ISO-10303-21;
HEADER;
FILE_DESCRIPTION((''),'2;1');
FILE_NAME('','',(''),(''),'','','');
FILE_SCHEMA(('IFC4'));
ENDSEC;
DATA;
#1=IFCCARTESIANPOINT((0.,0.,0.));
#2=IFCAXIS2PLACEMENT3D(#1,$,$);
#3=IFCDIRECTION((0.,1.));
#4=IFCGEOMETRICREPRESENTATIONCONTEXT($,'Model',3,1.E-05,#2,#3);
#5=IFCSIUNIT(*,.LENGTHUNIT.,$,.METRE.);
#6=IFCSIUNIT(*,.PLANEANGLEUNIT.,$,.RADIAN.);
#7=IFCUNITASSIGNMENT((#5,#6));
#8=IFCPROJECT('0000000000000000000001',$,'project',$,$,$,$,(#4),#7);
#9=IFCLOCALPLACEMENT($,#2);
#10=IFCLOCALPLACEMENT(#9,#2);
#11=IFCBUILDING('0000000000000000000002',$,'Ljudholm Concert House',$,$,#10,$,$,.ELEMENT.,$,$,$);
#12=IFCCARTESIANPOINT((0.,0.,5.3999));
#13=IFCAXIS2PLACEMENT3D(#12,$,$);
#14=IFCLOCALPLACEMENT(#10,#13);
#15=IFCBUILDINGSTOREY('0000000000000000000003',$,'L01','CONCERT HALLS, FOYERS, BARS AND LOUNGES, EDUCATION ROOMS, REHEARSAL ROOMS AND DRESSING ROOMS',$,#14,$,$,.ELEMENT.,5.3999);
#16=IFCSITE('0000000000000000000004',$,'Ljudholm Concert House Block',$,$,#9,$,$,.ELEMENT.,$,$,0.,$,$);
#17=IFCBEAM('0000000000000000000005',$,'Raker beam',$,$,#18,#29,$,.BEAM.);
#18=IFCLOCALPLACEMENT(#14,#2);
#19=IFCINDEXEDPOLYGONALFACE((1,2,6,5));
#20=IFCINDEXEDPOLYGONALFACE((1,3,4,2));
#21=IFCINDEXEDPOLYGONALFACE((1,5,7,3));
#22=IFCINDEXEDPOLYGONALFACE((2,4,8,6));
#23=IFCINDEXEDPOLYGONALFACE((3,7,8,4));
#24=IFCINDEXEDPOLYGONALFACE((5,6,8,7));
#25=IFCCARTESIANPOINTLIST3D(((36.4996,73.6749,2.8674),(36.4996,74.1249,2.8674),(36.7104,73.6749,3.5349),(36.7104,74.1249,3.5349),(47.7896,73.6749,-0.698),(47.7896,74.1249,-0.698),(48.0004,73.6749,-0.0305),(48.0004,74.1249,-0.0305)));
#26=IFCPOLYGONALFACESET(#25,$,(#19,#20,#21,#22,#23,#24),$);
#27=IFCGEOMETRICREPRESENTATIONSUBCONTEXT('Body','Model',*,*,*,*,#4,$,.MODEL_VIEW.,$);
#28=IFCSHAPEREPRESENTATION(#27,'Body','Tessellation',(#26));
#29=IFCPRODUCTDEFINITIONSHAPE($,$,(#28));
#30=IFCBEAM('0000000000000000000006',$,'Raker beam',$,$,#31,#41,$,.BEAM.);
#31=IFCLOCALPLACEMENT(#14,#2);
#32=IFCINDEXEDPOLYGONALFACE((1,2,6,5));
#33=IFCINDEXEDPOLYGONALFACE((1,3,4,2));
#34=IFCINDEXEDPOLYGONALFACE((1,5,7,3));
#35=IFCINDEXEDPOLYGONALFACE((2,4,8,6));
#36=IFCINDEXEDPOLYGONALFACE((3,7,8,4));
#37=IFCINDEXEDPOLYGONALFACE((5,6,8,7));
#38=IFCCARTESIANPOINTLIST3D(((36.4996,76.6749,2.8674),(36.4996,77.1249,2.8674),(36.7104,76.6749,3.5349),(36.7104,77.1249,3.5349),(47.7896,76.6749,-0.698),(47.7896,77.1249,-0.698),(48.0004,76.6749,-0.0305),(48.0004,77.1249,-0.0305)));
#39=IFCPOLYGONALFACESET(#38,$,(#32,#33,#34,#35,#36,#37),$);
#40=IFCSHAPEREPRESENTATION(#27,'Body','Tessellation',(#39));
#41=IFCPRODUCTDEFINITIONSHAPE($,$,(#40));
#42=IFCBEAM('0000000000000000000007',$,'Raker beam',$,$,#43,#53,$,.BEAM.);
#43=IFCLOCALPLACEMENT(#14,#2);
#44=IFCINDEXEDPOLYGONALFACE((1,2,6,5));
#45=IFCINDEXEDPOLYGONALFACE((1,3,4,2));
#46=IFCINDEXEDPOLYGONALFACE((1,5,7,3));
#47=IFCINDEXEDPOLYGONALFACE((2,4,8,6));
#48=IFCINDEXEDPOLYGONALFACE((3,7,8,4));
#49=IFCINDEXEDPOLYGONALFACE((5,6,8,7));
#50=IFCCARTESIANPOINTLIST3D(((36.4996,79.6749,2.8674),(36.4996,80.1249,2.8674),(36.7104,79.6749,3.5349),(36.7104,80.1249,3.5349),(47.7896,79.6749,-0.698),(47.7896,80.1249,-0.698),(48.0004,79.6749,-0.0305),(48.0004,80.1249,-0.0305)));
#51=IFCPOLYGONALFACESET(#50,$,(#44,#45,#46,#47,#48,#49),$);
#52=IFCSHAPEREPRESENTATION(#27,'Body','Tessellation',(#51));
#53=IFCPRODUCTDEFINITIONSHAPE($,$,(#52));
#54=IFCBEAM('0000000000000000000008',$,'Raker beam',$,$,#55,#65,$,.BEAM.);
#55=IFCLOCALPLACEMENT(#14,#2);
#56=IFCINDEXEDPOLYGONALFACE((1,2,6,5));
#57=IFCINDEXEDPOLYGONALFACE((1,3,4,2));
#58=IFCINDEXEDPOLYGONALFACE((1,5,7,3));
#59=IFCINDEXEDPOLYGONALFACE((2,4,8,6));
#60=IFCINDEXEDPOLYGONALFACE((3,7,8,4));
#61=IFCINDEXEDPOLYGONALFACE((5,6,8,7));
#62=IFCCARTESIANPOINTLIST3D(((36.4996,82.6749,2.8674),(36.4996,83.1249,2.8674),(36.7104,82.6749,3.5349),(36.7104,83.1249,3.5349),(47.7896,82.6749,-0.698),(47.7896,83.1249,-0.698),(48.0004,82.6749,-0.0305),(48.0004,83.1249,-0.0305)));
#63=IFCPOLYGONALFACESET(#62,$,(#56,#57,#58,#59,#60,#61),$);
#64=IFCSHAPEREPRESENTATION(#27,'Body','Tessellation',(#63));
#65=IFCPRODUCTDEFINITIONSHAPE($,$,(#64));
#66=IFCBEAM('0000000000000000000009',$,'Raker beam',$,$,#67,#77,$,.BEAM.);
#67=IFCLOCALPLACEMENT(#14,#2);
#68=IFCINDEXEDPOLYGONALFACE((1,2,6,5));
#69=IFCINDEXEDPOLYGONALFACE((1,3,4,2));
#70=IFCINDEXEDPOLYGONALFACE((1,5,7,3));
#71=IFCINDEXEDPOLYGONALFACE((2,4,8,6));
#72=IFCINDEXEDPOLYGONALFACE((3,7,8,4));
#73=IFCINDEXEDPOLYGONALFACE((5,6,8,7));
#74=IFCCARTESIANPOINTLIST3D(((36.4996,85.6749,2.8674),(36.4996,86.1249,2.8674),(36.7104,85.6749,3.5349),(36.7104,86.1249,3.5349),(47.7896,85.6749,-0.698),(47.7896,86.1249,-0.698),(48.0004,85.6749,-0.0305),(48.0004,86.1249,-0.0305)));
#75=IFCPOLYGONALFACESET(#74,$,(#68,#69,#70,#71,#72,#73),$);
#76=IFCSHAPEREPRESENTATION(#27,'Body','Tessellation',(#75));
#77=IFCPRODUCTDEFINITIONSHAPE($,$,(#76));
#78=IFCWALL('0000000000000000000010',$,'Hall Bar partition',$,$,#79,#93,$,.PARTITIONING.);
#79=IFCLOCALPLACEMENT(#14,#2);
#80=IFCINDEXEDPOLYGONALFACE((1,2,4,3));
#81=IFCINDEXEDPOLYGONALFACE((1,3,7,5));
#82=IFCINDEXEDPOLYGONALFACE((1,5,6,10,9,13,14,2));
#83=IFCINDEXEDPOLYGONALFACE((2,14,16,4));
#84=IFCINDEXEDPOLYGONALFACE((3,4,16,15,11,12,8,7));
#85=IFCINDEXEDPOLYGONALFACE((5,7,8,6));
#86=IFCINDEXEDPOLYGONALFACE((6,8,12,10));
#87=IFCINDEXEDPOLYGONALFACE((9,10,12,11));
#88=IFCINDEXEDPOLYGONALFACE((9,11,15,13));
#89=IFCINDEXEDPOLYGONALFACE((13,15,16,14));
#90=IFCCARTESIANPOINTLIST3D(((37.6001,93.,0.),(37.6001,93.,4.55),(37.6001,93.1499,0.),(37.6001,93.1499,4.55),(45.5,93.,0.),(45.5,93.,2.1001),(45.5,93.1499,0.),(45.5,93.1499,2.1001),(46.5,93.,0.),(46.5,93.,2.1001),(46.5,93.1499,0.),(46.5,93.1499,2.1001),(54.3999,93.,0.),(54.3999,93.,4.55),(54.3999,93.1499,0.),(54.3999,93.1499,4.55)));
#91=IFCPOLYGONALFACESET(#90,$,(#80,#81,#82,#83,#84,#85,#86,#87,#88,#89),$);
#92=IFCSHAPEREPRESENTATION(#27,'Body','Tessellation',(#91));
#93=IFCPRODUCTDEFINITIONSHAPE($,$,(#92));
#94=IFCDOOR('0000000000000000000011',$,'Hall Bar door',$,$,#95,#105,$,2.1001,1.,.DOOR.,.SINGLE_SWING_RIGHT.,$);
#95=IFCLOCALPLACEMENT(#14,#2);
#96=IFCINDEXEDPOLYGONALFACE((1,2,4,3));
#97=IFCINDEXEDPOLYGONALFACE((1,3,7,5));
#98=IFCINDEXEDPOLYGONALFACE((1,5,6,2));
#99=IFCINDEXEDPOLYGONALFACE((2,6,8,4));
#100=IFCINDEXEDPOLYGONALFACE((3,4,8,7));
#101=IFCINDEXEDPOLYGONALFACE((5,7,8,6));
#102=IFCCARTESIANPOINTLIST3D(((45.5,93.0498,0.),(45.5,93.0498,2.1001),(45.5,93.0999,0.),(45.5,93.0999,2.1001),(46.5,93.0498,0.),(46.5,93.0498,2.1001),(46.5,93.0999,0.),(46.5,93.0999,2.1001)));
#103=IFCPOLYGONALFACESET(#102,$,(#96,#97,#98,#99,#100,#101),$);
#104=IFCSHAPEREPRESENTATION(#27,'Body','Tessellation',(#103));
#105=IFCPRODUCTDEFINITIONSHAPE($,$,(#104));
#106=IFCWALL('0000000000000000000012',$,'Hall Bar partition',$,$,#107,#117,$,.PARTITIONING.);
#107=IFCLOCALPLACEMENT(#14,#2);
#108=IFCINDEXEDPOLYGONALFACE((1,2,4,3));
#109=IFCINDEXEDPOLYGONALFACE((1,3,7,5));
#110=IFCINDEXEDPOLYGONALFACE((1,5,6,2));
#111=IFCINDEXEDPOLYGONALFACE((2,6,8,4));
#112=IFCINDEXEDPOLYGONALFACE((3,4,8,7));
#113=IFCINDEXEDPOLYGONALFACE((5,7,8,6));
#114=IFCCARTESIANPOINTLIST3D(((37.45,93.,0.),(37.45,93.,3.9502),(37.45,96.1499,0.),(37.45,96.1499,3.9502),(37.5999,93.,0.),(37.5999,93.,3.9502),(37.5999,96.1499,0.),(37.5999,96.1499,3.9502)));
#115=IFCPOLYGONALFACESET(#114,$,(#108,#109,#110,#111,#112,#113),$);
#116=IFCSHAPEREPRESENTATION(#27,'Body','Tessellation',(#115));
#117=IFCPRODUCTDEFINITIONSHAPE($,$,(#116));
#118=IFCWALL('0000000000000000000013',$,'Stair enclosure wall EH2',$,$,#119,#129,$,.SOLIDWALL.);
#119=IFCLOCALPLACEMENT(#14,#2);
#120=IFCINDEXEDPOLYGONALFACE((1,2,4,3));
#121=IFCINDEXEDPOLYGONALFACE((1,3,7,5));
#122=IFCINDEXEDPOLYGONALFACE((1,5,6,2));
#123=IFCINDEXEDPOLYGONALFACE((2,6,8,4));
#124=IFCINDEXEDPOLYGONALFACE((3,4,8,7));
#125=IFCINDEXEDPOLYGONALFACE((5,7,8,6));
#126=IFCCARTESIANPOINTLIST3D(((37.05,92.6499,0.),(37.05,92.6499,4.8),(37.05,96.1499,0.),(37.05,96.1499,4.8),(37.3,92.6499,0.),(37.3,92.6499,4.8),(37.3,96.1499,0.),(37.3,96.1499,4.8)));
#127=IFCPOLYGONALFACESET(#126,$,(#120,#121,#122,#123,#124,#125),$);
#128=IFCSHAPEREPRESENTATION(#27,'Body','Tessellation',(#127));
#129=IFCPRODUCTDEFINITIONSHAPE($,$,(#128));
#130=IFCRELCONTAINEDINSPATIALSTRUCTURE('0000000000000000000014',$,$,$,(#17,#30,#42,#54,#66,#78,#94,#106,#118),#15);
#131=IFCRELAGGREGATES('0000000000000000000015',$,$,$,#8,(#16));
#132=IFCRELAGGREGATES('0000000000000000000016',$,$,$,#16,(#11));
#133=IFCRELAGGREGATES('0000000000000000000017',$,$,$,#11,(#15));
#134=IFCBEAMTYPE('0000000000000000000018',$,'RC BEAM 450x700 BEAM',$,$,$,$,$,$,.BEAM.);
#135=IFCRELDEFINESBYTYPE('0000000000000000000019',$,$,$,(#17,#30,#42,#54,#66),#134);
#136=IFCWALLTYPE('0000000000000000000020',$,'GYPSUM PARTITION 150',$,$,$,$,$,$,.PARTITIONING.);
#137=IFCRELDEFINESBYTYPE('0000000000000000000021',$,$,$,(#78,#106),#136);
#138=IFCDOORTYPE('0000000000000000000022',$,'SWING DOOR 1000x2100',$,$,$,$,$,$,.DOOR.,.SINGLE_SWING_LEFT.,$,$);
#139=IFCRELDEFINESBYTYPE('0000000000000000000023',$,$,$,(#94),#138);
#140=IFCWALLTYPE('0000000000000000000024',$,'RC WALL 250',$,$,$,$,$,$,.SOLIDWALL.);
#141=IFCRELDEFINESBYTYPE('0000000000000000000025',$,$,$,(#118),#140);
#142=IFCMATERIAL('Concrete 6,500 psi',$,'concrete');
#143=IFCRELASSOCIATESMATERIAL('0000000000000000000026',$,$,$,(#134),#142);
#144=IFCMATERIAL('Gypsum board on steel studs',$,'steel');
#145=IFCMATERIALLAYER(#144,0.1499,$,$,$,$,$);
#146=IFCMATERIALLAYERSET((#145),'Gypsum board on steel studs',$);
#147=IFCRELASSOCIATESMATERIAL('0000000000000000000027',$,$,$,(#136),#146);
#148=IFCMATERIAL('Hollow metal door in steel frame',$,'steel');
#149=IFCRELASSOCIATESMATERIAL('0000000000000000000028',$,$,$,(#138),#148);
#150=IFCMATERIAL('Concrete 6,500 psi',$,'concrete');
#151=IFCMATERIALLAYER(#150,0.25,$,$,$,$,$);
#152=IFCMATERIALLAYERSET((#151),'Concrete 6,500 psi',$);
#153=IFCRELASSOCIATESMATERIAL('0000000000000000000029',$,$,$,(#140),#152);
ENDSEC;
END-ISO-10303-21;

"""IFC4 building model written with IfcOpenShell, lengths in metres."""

from ifc_helpers import new_model, si_unit, direction, frame, frame_2d, origin, origin_2d, place, context, subcontext, project, spatial, rectangle, extrude, material, layer, layer_set, material_profile, profile_set, type_object, element, fill, save


model = new_model("IFC4")

# Units and contexts
model_context = context("Model", 3, precision=1e-05, world=origin(), true_north=direction((0.0, 1.0)))
body_context = subcontext(model_context, "Body", "Model", "MODEL_VIEW")
ifc_project = project(units=[si_unit("LENGTHUNIT", "METRE"), si_unit("PLANEANGLEUNIT", "RADIAN")], contexts=[model_context])

# Site, building, storey
site_placement = place(None, origin())
site = spatial("IfcSite", under=ifc_project, at=site_placement, Name="Ljudholm Concert House Block", CompositionType="ELEMENT", RefElevation=0.0)
building_placement = place(site_placement, origin())
building = spatial("IfcBuilding", under=site, at=building_placement, Name="Ljudholm Concert House", CompositionType="ELEMENT")
storey_placement = place(building_placement, frame((0.0, 0.0, 5.3999)))
storey = spatial("IfcBuildingStorey", under=building, at=storey_placement, Name="L01", Description="CONCERT HALLS, FOYERS, BARS AND LOUNGES, EDUCATION ROOMS, REHEARSAL ROOMS AND DRESSING ROOMS", CompositionType="ELEMENT", Elevation=5.3999)

# Beams
ifc_material_1 = material(Name="Concrete 6,500 psi", Category="concrete")
ifc_material_profile_1 = material_profile(ifc_material_1, rectangle(XDim=0.45, YDim=0.7, at=origin_2d()), Name="RC BEAM 450x700 BEAM")
ifc_profile_set_1 = profile_set([ifc_material_profile_1], Name="Concrete 6,500 psi")
beam_type_1 = type_object("IfcBeamType", Name="RC BEAM 450x700 BEAM", PredefinedType="BEAM", material=ifc_profile_set_1)
for number, where, z_axis, x_axis, name in (
    (1, (36.605, 73.8999, 3.2012), (0.953579, 0.0, -0.301143), (0.0, 1.0, 0.0), "Raker beam"),
    (2, (36.605, 76.8999, 3.2012), (0.953579, 0.0, -0.301143), (0.0, 1.0, 0.0), "Raker beam"),
    (3, (36.605, 79.8999, 3.2012), (0.953579, 0.0, -0.301143), (0.0, 1.0, 0.0), "Raker beam"),
    (4, (36.605, 82.8999, 3.2012), (0.953579, 0.0, -0.301143), (0.0, 1.0, 0.0), "Raker beam"),
    (5, (36.605, 85.8999, 3.2012), (0.953579, 0.0, -0.301143), (0.0, 1.0, 0.0), "Raker beam"),
):
    element("IfcBeam", number, at=place(storey_placement, frame(where, z_axis=z_axis, x_axis=x_axis)), inside=storey, type_object=beam_type_1, Name=name, PredefinedType="BEAM", context=body_context, shape_type="SweptSolid", body=[
        extrude(rectangle(XDim=0.45, YDim=0.7, at=origin_2d()), origin(), (0.0, 0.0, 1.0), 11.8396),
    ])

# Wall, opening, door
ifc_material_2 = material(Name="Gypsum board on steel studs", Category="steel")
ifc_layer_1 = layer(ifc_material_2, 0.1499)
ifc_layer_set_1 = layer_set([ifc_layer_1], Name="Gypsum board on steel studs")
wall_type_1 = type_object("IfcWallType", Name="GYPSUM PARTITION 150", PredefinedType="PARTITIONING", material=ifc_layer_set_1)
wall_1_placement = place(storey_placement, frame((37.6001, 93.075, 0.0), z_axis=(0.0, 0.0, 1.0), x_axis=(1.0, 0.0, 0.0)))
wall_1 = element("IfcWall", 6, at=wall_1_placement, inside=storey, type_object=wall_type_1, Name="Hall Bar partition", PredefinedType="PARTITIONING", context=body_context, shape_type="SweptSolid", body=[
    extrude(rectangle(XDim=16.7998, YDim=0.1499, at=frame_2d((8.3999, 0.0))), origin(), (0.0, 0.0, 1.0), 4.55),
])
opening_1_placement = place(wall_1_placement, frame((7.8999, 0.0, 0.0)))
opening_1 = element("IfcOpeningElement", 7, at=opening_1_placement, cuts=wall_1, PredefinedType="OPENING", context=body_context, shape_type="SweptSolid", body=[
    extrude(rectangle(XDim=1.0, YDim=2.1001, at=frame_2d((0.5, 1.05))), frame((0.0, 0.085, 0.0), z_axis=(0.0, -1.0, 0.0), x_axis=(1.0, 0.0, 0.0)), (0.0, 0.0, 1.0), 0.1699),
])
ifc_material_3 = material(Name="Hollow metal door in steel frame", Category="steel")
door_type_1 = type_object("IfcDoorType", Name="SWING DOOR 1000x2100", OperationType="SINGLE_SWING_LEFT", PredefinedType="DOOR", material=ifc_material_3)
door_1_placement = place(opening_1_placement, origin())
door_1 = element("IfcDoor", 8, at=door_1_placement, inside=storey, type_object=door_type_1, Name="Hall Bar door", OperationType="SINGLE_SWING_RIGHT", OverallHeight=2.1001, OverallWidth=1.0, PredefinedType="DOOR", context=body_context, shape_type="SweptSolid", body=[
    extrude(rectangle(XDim=1.0, YDim=2.1001, at=frame_2d((0.5, 1.05))), frame((0.0, 0.0249, 0.0), z_axis=(0.0, -1.0, 0.0), x_axis=(1.0, 0.0, 0.0)), (0.0, 0.0, 1.0), 0.05),
])
fill(opening_1, door_1)

# Walls
wall_2_placement = place(storey_placement, frame((37.5249, 93.0, 0.0), z_axis=(0.0, 0.0, 1.0), x_axis=(0.0, 1.0, 0.0)))
element("IfcWall", 9, at=wall_2_placement, inside=storey, type_object=wall_type_1, Name="Hall Bar partition", PredefinedType="PARTITIONING", context=body_context, shape_type="SweptSolid", body=[
    extrude(rectangle(XDim=3.1499, YDim=0.1499, at=frame_2d((1.575, 0.0))), origin(), (0.0, 0.0, 1.0), 3.9502),
])
ifc_material_4 = material(Name="Concrete 6,500 psi", Category="concrete")
ifc_layer_2 = layer(ifc_material_4, 0.25)
ifc_layer_set_2 = layer_set([ifc_layer_2], Name="Concrete 6,500 psi")
wall_type_2 = type_object("IfcWallType", Name="RC WALL 250", PredefinedType="SOLIDWALL", material=ifc_layer_set_2)
wall_3_placement = place(storey_placement, frame((37.175, 92.6499, 0.0), z_axis=(0.0, 0.0, 1.0), x_axis=(0.0, 1.0, 0.0)))
element("IfcWall", 10, at=wall_3_placement, inside=storey, type_object=wall_type_2, Name="Stair enclosure wall EH2", PredefinedType="SOLIDWALL", context=body_context, shape_type="SweptSolid", body=[
    extrude(rectangle(XDim=3.5, YDim=0.25, at=frame_2d((1.75, 0.0))), origin(), (0.0, 0.0, 1.0), 4.8),
])

save(model, "model.ifc")
